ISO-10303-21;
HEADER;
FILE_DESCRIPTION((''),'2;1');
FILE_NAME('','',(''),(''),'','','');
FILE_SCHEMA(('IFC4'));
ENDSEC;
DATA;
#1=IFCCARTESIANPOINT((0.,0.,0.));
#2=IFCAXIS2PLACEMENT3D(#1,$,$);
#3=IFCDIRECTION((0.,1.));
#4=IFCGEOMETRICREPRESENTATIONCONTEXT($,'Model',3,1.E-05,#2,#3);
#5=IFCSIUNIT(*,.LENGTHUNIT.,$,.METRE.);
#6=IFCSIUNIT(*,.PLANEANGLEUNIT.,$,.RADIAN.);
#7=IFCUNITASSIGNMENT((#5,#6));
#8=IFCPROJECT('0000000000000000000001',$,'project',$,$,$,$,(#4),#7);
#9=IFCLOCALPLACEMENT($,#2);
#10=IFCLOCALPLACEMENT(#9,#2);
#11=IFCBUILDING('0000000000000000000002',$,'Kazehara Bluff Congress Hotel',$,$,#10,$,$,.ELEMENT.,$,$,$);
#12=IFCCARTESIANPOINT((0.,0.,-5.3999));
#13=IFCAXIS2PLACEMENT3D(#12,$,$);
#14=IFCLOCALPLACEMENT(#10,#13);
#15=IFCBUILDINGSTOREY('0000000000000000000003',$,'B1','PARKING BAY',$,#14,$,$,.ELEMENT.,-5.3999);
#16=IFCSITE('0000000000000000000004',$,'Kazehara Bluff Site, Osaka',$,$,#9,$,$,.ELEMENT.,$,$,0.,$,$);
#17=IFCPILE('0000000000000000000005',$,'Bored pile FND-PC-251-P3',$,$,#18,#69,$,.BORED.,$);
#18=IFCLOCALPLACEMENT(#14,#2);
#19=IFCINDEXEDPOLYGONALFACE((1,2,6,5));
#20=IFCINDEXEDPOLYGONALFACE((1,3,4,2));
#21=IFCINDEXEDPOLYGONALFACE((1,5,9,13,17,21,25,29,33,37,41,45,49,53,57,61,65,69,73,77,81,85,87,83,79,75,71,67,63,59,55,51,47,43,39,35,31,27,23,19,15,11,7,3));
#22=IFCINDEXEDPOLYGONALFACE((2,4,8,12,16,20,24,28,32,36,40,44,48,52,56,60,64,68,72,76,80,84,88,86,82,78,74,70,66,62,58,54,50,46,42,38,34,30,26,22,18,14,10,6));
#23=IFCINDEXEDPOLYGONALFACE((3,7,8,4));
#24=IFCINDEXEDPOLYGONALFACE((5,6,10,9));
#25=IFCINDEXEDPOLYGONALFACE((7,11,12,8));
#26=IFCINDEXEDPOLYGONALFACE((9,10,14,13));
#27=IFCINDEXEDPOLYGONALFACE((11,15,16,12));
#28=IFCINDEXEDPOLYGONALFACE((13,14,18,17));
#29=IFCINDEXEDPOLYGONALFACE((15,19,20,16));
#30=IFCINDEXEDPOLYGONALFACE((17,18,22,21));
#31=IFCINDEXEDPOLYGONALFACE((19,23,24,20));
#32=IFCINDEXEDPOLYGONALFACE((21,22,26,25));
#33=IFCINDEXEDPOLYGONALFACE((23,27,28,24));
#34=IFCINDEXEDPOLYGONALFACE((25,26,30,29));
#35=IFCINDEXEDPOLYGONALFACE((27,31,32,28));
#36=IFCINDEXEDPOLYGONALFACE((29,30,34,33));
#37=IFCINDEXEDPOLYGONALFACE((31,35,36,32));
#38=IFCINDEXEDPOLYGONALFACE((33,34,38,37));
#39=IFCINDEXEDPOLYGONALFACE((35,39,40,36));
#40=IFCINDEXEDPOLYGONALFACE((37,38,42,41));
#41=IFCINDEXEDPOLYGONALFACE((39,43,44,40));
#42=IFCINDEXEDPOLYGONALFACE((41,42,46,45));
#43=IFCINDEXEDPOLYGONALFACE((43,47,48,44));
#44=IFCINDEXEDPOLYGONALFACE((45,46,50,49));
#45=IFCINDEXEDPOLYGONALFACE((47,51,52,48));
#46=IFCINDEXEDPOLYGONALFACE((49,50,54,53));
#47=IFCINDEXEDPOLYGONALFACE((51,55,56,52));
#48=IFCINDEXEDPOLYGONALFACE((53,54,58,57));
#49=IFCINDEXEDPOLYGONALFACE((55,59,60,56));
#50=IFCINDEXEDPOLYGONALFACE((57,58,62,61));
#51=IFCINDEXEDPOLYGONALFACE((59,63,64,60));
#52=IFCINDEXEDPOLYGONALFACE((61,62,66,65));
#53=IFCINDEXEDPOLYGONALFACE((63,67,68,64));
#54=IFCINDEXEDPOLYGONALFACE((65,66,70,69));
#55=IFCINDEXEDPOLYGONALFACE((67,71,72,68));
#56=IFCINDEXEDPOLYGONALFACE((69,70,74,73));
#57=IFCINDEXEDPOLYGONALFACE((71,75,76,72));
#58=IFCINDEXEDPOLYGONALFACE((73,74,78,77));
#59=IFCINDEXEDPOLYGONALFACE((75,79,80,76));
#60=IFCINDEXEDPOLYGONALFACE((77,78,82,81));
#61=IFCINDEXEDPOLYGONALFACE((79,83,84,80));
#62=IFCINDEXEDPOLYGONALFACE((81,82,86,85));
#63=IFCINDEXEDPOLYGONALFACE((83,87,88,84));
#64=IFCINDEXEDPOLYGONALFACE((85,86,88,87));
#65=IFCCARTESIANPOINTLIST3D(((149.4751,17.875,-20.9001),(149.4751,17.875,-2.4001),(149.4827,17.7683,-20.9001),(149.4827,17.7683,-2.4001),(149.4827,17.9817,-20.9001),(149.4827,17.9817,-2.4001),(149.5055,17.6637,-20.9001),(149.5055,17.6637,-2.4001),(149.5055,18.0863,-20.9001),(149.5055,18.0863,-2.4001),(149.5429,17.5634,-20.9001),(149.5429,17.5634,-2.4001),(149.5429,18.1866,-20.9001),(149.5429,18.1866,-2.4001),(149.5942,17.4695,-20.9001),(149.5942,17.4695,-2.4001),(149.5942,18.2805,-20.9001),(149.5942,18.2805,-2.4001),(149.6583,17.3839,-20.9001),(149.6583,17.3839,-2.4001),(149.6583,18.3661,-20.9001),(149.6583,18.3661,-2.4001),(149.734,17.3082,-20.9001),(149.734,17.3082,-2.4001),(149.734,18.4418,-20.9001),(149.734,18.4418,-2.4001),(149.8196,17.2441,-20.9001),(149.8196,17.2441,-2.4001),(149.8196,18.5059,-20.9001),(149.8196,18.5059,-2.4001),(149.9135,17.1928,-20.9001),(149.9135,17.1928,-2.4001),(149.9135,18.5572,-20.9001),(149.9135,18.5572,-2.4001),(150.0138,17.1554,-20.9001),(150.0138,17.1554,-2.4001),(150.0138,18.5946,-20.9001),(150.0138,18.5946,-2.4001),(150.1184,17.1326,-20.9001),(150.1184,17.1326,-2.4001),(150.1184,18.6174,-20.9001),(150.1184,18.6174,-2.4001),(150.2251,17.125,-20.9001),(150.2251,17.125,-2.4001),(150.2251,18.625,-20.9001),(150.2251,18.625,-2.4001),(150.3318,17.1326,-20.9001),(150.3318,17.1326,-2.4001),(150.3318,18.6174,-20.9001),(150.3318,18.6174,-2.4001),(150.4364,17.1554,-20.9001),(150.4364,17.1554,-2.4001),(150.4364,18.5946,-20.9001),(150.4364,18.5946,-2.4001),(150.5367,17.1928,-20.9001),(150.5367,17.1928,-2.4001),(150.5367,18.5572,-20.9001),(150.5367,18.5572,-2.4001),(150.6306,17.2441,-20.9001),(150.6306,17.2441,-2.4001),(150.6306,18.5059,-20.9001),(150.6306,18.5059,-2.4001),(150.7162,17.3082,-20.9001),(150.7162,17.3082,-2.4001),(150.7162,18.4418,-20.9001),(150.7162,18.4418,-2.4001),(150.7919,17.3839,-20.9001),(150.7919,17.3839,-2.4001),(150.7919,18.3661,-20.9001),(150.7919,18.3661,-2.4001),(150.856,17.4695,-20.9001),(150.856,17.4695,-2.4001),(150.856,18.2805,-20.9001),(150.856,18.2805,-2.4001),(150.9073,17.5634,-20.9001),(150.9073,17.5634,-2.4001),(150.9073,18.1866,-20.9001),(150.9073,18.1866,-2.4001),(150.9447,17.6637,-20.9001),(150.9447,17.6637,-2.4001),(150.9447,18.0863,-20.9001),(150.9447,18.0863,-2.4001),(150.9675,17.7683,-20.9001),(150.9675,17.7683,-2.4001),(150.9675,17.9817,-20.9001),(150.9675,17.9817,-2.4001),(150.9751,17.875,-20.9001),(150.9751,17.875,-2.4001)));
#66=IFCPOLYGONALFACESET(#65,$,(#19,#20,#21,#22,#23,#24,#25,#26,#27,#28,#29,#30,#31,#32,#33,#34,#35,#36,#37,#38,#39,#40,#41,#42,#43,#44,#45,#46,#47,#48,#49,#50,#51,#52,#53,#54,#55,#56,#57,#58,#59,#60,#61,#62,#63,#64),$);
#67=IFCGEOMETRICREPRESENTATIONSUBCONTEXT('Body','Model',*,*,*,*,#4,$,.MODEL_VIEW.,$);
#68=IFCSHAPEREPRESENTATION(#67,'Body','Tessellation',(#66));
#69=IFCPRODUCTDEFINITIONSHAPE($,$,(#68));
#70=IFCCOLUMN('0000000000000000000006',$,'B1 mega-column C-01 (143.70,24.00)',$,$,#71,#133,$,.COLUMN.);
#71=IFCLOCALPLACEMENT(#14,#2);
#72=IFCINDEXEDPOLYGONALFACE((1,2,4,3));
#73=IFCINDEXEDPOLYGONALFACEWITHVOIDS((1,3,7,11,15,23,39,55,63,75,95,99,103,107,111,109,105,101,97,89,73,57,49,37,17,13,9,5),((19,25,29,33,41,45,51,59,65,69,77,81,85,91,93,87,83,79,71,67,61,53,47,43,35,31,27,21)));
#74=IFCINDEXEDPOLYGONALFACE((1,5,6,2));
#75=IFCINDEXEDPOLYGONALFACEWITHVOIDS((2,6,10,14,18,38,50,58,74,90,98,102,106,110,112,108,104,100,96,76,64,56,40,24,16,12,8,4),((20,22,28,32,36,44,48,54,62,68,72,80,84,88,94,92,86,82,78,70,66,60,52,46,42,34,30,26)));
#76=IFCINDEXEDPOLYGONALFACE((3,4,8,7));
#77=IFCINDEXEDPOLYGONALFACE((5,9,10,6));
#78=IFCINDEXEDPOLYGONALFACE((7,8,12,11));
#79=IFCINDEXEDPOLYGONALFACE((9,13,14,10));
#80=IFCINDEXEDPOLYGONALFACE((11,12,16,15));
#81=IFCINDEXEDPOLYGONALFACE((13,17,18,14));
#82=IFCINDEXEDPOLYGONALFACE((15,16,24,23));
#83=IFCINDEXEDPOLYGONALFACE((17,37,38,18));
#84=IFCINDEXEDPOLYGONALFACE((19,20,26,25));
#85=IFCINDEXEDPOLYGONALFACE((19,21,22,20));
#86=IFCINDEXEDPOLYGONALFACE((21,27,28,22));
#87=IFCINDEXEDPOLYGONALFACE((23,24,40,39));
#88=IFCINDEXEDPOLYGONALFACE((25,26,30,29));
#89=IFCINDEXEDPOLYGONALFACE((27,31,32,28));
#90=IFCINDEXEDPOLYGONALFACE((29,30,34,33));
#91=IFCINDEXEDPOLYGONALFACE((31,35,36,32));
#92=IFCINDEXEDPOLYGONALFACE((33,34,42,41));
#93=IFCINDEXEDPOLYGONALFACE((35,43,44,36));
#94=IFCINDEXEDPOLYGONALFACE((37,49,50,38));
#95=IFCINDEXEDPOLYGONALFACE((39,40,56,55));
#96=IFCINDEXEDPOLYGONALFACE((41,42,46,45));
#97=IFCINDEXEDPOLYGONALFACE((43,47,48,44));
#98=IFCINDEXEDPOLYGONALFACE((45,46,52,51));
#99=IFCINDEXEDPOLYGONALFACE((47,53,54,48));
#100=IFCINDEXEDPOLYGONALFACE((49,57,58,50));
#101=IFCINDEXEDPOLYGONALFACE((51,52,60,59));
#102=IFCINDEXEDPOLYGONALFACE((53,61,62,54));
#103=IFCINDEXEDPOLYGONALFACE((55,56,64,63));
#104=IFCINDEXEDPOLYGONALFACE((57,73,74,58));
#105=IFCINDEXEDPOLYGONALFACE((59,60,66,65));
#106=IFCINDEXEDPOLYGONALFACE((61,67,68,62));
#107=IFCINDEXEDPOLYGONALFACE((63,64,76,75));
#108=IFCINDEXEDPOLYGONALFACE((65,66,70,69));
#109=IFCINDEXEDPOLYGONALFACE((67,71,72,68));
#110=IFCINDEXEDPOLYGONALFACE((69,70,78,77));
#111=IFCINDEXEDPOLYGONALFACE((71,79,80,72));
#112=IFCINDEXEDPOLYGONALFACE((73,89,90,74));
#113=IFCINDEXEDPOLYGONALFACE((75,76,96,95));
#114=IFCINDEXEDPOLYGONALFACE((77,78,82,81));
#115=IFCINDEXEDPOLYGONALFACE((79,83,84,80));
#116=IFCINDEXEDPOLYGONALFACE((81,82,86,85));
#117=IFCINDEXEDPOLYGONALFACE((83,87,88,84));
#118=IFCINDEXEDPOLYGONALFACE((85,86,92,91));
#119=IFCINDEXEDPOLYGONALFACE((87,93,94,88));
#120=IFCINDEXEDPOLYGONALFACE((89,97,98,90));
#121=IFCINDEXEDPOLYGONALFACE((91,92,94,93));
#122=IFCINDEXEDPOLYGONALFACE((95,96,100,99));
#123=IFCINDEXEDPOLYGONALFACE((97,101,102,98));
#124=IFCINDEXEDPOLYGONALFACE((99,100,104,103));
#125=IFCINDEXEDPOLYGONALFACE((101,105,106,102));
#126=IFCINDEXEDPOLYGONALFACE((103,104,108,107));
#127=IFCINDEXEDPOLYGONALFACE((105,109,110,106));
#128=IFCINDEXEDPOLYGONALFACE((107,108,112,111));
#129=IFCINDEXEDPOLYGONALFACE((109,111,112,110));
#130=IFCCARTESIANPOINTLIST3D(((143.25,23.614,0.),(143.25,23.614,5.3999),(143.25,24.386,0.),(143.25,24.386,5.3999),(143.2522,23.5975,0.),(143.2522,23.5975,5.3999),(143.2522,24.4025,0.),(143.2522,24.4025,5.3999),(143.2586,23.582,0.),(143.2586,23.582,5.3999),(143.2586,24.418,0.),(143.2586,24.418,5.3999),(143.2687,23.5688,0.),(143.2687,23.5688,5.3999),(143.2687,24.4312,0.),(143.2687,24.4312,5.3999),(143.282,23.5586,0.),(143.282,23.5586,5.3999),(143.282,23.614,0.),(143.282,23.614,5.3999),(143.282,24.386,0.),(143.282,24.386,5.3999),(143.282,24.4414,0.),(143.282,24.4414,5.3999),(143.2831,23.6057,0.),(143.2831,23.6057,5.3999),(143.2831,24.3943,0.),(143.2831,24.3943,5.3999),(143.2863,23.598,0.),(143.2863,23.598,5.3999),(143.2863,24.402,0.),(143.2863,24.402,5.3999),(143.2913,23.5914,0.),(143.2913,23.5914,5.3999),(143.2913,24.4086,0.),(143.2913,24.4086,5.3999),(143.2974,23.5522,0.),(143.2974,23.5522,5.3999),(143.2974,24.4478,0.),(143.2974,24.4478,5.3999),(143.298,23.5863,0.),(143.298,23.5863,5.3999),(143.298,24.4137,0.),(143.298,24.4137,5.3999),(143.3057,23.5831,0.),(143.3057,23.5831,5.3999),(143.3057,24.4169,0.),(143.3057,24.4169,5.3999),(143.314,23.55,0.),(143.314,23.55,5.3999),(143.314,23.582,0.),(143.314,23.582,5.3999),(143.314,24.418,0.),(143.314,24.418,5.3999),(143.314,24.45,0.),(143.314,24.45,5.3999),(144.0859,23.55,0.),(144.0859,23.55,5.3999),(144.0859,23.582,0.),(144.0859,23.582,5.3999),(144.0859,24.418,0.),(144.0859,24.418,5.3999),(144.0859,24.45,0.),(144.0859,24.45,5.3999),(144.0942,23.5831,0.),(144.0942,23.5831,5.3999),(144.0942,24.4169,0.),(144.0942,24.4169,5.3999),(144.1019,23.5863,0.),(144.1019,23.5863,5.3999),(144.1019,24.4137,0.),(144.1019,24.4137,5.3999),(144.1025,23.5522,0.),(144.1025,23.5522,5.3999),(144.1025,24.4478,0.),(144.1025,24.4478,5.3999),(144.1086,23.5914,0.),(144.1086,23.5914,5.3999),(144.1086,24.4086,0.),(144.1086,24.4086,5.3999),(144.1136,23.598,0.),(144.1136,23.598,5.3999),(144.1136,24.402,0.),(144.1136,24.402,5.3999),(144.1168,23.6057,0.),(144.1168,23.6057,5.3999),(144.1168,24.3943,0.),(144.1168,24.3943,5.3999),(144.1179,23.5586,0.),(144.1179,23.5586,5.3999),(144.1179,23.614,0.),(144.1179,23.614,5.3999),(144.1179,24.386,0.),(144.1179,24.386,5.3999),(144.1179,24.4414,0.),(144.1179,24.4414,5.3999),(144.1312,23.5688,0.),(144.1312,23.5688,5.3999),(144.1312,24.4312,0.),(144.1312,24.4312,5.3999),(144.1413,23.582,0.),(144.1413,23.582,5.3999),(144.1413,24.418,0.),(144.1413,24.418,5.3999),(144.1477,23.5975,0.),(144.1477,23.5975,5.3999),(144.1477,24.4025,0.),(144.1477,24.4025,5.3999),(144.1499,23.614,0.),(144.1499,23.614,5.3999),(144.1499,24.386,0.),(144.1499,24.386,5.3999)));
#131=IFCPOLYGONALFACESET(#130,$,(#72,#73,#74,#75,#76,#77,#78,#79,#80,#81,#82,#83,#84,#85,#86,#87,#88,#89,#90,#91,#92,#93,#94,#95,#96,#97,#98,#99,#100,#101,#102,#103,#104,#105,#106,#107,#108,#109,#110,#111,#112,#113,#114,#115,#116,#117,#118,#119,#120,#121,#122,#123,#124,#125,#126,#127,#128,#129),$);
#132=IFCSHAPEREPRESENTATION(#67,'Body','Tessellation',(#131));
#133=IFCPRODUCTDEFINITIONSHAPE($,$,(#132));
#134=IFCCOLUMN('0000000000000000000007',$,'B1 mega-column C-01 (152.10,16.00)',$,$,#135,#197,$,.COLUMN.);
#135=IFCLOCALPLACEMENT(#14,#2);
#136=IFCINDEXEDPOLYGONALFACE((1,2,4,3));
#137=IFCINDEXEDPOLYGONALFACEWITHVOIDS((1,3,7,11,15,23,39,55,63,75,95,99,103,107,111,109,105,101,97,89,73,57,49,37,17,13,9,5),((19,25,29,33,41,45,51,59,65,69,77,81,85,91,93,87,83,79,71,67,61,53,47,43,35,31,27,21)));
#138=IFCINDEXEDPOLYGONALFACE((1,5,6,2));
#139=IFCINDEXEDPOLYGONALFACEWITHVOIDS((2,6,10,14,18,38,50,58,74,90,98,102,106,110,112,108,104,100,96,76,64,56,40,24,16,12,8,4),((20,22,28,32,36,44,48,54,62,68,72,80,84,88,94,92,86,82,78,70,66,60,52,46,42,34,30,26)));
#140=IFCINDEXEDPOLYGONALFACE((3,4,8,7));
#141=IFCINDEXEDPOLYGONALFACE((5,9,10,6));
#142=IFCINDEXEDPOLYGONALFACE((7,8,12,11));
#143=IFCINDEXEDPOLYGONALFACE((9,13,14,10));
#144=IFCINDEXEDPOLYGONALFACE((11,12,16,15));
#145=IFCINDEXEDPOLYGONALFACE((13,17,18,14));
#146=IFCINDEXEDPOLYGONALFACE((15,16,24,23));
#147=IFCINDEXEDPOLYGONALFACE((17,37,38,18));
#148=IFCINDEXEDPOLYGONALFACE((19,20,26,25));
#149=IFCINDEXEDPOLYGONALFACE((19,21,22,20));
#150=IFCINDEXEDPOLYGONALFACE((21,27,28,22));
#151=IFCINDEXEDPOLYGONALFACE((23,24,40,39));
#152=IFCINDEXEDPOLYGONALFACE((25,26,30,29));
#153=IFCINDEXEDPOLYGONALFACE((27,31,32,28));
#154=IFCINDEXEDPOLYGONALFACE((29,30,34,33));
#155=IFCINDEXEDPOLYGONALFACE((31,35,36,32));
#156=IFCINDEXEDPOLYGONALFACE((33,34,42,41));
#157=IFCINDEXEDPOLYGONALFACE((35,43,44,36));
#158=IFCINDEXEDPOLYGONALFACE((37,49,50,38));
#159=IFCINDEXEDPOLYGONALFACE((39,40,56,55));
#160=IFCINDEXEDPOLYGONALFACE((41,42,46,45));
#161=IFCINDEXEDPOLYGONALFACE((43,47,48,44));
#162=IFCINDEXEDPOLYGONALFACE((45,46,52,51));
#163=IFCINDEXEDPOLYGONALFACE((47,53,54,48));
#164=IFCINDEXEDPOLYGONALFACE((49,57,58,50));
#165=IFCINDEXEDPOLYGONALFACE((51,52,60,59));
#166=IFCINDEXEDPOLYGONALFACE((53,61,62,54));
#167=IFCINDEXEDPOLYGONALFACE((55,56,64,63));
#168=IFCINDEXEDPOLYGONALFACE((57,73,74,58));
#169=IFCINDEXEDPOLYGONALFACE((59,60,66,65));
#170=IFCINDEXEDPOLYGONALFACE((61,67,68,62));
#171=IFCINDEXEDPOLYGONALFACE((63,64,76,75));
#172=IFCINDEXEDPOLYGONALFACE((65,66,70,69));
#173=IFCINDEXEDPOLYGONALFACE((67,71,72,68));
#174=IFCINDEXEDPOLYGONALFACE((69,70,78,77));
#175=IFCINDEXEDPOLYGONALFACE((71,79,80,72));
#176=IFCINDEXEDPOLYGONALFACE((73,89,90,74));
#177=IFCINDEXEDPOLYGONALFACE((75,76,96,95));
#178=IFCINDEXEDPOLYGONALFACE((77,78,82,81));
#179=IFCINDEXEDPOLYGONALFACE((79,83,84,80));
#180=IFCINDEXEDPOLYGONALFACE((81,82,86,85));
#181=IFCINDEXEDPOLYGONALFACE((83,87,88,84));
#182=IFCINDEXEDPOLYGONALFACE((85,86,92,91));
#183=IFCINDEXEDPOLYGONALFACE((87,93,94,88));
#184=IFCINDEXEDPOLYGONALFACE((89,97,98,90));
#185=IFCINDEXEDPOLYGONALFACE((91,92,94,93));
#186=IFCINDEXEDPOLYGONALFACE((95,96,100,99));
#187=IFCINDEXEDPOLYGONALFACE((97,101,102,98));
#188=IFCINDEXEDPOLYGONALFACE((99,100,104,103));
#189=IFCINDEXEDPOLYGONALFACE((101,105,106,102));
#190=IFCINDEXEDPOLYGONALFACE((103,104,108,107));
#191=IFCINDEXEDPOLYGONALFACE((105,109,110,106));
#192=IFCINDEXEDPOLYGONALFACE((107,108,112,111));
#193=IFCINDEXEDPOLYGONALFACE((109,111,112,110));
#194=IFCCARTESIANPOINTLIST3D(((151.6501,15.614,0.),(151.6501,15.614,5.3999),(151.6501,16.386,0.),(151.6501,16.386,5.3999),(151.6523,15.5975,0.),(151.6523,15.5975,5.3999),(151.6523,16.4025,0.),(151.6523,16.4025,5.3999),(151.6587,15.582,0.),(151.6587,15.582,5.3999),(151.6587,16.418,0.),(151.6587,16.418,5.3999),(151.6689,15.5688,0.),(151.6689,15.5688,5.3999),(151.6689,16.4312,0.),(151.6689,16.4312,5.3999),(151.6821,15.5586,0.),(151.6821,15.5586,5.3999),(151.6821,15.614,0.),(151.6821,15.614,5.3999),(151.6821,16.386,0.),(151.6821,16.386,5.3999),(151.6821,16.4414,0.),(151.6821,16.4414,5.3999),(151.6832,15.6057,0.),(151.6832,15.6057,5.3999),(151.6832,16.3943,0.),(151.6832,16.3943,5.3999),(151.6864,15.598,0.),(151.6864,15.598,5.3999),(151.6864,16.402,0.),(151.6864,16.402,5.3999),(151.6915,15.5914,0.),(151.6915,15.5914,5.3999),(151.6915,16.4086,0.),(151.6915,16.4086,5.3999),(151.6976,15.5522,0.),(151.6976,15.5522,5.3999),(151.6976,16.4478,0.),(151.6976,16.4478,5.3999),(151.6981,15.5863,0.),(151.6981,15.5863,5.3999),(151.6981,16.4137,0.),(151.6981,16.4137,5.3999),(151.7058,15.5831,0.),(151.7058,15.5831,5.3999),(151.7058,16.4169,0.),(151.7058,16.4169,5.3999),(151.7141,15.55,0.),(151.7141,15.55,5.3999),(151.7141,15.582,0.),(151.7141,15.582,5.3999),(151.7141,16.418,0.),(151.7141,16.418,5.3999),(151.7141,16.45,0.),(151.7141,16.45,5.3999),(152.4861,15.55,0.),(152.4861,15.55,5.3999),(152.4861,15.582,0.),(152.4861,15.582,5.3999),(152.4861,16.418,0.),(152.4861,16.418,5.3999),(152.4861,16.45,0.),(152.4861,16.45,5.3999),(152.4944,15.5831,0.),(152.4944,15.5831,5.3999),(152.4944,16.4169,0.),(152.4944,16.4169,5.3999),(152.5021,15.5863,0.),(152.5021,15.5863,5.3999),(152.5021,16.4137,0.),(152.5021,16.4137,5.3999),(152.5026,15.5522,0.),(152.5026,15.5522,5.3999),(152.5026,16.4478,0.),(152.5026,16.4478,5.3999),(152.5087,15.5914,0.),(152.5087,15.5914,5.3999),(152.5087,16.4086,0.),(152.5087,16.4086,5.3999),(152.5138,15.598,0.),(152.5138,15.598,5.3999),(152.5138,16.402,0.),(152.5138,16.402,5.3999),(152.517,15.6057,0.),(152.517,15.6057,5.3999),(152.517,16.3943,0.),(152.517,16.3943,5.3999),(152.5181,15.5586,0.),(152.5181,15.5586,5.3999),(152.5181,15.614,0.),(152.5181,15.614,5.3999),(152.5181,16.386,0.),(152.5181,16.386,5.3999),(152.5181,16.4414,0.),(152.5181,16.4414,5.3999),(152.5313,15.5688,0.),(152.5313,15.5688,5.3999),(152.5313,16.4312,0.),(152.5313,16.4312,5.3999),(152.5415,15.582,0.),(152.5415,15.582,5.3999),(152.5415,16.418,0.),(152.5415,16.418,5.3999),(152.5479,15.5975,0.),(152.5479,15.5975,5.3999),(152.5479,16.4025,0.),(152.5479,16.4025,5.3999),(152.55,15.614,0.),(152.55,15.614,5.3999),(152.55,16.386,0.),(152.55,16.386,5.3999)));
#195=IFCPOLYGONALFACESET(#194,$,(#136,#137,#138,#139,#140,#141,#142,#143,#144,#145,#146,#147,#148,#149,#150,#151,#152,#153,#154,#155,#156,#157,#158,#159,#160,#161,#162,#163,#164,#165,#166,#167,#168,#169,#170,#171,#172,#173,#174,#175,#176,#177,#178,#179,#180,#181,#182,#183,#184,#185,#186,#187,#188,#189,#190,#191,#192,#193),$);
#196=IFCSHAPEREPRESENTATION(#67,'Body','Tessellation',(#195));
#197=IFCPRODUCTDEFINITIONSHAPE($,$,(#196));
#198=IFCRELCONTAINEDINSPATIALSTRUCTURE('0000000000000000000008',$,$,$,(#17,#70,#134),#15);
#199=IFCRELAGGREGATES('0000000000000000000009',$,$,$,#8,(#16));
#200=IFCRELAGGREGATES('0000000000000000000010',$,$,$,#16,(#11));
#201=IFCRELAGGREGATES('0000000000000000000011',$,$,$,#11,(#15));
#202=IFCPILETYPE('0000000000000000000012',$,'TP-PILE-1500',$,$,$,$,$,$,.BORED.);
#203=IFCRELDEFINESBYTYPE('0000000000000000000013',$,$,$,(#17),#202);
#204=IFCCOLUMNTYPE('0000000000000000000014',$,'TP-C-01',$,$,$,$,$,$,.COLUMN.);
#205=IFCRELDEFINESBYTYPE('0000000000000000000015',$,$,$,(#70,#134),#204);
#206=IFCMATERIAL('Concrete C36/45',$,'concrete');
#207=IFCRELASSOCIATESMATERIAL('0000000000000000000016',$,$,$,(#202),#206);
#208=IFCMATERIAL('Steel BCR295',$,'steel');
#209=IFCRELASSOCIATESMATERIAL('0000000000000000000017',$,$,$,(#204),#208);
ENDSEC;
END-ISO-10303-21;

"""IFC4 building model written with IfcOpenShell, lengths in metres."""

from ifc_helpers import new_model, si_unit, direction, frame, origin, origin_2d, place, context, subcontext, project, spatial, hollow_rectangle, circle, extrude, material, material_profile, profile_set, type_object, element, save


model = new_model("IFC4")

# Units and contexts
model_context = context("Model", 3, precision=1e-05, world=origin(), true_north=direction((0.0, 1.0)))
body_context = subcontext(model_context, "Body", "Model", "MODEL_VIEW")
ifc_project = project(units=[si_unit("LENGTHUNIT", "METRE"), si_unit("PLANEANGLEUNIT", "RADIAN")], contexts=[model_context])

# Site, building, storey
site_placement = place(None, origin())
site = spatial("IfcSite", under=ifc_project, at=site_placement, Name="Kazehara Bluff Site, Osaka", CompositionType="ELEMENT", RefElevation=0.0)
building_placement = place(site_placement, origin())
building = spatial("IfcBuilding", under=site, at=building_placement, Name="Kazehara Bluff Congress Hotel", CompositionType="ELEMENT")
storey_placement = place(building_placement, frame((0.0, 0.0, -5.3999)))
storey = spatial("IfcBuildingStorey", under=building, at=storey_placement, Name="B1", Description="PARKING BAY", CompositionType="ELEMENT", Elevation=-5.3999)

# Pile
ifc_material_1 = material(Name="Concrete C36/45", Category="concrete")
ifc_material_profile_1 = material_profile(ifc_material_1, circle(Radius=0.75, at=origin_2d()))
ifc_profile_set_1 = profile_set([ifc_material_profile_1], Name="Concrete C36/45")
pile_type_1 = type_object("IfcPileType", Name="TP-PILE-1500", PredefinedType="BORED", material=ifc_profile_set_1)
for number, where, z_axis, x_axis, name in (
    (1, (150.2251, 17.875, -2.4001), (0.0, 0.0, -1.0), (1.0, 0.0, 0.0), "Bored pile FND-PC-251-P3"),
):
    element("IfcPile", number, at=place(storey_placement, frame(where, z_axis=z_axis, x_axis=x_axis)), inside=storey, type_object=pile_type_1, Name=name, PredefinedType="BORED", context=body_context, shape_type="SweptSolid", body=[
        extrude(circle(Radius=0.75, at=origin_2d()), origin(), (0.0, 0.0, 1.0), 18.5),
    ])

# Columns
ifc_material_2 = material(Name="Steel BCR295", Category="steel")
ifc_material_profile_2 = material_profile(ifc_material_2, hollow_rectangle(XDim=0.8999, YDim=0.8999, WallThickness=0.032, InnerFilletRadius=0.032, OuterFilletRadius=0.064, at=origin_2d()))
ifc_profile_set_2 = profile_set([ifc_material_profile_2], Name="Steel BCR295")
column_type_1 = type_object("IfcColumnType", Name="TP-C-01", PredefinedType="COLUMN", material=ifc_profile_set_2)
for number, where, z_axis, x_axis, name in (
    (2, (143.7, 24.0, 0.0), (0.0, 0.0, 1.0), (1.0, 0.0, 0.0), "B1 mega-column C-01 (143.70,24.00)"),
    (3, (152.1001, 16.0, 0.0), (0.0, 0.0, 1.0), (1.0, 0.0, 0.0), "B1 mega-column C-01 (152.10,16.00)"),
):
    element("IfcColumn", number, at=place(storey_placement, frame(where, z_axis=z_axis, x_axis=x_axis)), inside=storey, type_object=column_type_1, Name=name, PredefinedType="COLUMN", context=body_context, shape_type="SweptSolid", body=[
        extrude(hollow_rectangle(XDim=0.8999, YDim=0.8999, WallThickness=0.032, InnerFilletRadius=0.032, OuterFilletRadius=0.064, at=origin_2d()), origin(), (0.0, 0.0, 1.0), 5.3999),
    ])

save(model, "model.ifc")
